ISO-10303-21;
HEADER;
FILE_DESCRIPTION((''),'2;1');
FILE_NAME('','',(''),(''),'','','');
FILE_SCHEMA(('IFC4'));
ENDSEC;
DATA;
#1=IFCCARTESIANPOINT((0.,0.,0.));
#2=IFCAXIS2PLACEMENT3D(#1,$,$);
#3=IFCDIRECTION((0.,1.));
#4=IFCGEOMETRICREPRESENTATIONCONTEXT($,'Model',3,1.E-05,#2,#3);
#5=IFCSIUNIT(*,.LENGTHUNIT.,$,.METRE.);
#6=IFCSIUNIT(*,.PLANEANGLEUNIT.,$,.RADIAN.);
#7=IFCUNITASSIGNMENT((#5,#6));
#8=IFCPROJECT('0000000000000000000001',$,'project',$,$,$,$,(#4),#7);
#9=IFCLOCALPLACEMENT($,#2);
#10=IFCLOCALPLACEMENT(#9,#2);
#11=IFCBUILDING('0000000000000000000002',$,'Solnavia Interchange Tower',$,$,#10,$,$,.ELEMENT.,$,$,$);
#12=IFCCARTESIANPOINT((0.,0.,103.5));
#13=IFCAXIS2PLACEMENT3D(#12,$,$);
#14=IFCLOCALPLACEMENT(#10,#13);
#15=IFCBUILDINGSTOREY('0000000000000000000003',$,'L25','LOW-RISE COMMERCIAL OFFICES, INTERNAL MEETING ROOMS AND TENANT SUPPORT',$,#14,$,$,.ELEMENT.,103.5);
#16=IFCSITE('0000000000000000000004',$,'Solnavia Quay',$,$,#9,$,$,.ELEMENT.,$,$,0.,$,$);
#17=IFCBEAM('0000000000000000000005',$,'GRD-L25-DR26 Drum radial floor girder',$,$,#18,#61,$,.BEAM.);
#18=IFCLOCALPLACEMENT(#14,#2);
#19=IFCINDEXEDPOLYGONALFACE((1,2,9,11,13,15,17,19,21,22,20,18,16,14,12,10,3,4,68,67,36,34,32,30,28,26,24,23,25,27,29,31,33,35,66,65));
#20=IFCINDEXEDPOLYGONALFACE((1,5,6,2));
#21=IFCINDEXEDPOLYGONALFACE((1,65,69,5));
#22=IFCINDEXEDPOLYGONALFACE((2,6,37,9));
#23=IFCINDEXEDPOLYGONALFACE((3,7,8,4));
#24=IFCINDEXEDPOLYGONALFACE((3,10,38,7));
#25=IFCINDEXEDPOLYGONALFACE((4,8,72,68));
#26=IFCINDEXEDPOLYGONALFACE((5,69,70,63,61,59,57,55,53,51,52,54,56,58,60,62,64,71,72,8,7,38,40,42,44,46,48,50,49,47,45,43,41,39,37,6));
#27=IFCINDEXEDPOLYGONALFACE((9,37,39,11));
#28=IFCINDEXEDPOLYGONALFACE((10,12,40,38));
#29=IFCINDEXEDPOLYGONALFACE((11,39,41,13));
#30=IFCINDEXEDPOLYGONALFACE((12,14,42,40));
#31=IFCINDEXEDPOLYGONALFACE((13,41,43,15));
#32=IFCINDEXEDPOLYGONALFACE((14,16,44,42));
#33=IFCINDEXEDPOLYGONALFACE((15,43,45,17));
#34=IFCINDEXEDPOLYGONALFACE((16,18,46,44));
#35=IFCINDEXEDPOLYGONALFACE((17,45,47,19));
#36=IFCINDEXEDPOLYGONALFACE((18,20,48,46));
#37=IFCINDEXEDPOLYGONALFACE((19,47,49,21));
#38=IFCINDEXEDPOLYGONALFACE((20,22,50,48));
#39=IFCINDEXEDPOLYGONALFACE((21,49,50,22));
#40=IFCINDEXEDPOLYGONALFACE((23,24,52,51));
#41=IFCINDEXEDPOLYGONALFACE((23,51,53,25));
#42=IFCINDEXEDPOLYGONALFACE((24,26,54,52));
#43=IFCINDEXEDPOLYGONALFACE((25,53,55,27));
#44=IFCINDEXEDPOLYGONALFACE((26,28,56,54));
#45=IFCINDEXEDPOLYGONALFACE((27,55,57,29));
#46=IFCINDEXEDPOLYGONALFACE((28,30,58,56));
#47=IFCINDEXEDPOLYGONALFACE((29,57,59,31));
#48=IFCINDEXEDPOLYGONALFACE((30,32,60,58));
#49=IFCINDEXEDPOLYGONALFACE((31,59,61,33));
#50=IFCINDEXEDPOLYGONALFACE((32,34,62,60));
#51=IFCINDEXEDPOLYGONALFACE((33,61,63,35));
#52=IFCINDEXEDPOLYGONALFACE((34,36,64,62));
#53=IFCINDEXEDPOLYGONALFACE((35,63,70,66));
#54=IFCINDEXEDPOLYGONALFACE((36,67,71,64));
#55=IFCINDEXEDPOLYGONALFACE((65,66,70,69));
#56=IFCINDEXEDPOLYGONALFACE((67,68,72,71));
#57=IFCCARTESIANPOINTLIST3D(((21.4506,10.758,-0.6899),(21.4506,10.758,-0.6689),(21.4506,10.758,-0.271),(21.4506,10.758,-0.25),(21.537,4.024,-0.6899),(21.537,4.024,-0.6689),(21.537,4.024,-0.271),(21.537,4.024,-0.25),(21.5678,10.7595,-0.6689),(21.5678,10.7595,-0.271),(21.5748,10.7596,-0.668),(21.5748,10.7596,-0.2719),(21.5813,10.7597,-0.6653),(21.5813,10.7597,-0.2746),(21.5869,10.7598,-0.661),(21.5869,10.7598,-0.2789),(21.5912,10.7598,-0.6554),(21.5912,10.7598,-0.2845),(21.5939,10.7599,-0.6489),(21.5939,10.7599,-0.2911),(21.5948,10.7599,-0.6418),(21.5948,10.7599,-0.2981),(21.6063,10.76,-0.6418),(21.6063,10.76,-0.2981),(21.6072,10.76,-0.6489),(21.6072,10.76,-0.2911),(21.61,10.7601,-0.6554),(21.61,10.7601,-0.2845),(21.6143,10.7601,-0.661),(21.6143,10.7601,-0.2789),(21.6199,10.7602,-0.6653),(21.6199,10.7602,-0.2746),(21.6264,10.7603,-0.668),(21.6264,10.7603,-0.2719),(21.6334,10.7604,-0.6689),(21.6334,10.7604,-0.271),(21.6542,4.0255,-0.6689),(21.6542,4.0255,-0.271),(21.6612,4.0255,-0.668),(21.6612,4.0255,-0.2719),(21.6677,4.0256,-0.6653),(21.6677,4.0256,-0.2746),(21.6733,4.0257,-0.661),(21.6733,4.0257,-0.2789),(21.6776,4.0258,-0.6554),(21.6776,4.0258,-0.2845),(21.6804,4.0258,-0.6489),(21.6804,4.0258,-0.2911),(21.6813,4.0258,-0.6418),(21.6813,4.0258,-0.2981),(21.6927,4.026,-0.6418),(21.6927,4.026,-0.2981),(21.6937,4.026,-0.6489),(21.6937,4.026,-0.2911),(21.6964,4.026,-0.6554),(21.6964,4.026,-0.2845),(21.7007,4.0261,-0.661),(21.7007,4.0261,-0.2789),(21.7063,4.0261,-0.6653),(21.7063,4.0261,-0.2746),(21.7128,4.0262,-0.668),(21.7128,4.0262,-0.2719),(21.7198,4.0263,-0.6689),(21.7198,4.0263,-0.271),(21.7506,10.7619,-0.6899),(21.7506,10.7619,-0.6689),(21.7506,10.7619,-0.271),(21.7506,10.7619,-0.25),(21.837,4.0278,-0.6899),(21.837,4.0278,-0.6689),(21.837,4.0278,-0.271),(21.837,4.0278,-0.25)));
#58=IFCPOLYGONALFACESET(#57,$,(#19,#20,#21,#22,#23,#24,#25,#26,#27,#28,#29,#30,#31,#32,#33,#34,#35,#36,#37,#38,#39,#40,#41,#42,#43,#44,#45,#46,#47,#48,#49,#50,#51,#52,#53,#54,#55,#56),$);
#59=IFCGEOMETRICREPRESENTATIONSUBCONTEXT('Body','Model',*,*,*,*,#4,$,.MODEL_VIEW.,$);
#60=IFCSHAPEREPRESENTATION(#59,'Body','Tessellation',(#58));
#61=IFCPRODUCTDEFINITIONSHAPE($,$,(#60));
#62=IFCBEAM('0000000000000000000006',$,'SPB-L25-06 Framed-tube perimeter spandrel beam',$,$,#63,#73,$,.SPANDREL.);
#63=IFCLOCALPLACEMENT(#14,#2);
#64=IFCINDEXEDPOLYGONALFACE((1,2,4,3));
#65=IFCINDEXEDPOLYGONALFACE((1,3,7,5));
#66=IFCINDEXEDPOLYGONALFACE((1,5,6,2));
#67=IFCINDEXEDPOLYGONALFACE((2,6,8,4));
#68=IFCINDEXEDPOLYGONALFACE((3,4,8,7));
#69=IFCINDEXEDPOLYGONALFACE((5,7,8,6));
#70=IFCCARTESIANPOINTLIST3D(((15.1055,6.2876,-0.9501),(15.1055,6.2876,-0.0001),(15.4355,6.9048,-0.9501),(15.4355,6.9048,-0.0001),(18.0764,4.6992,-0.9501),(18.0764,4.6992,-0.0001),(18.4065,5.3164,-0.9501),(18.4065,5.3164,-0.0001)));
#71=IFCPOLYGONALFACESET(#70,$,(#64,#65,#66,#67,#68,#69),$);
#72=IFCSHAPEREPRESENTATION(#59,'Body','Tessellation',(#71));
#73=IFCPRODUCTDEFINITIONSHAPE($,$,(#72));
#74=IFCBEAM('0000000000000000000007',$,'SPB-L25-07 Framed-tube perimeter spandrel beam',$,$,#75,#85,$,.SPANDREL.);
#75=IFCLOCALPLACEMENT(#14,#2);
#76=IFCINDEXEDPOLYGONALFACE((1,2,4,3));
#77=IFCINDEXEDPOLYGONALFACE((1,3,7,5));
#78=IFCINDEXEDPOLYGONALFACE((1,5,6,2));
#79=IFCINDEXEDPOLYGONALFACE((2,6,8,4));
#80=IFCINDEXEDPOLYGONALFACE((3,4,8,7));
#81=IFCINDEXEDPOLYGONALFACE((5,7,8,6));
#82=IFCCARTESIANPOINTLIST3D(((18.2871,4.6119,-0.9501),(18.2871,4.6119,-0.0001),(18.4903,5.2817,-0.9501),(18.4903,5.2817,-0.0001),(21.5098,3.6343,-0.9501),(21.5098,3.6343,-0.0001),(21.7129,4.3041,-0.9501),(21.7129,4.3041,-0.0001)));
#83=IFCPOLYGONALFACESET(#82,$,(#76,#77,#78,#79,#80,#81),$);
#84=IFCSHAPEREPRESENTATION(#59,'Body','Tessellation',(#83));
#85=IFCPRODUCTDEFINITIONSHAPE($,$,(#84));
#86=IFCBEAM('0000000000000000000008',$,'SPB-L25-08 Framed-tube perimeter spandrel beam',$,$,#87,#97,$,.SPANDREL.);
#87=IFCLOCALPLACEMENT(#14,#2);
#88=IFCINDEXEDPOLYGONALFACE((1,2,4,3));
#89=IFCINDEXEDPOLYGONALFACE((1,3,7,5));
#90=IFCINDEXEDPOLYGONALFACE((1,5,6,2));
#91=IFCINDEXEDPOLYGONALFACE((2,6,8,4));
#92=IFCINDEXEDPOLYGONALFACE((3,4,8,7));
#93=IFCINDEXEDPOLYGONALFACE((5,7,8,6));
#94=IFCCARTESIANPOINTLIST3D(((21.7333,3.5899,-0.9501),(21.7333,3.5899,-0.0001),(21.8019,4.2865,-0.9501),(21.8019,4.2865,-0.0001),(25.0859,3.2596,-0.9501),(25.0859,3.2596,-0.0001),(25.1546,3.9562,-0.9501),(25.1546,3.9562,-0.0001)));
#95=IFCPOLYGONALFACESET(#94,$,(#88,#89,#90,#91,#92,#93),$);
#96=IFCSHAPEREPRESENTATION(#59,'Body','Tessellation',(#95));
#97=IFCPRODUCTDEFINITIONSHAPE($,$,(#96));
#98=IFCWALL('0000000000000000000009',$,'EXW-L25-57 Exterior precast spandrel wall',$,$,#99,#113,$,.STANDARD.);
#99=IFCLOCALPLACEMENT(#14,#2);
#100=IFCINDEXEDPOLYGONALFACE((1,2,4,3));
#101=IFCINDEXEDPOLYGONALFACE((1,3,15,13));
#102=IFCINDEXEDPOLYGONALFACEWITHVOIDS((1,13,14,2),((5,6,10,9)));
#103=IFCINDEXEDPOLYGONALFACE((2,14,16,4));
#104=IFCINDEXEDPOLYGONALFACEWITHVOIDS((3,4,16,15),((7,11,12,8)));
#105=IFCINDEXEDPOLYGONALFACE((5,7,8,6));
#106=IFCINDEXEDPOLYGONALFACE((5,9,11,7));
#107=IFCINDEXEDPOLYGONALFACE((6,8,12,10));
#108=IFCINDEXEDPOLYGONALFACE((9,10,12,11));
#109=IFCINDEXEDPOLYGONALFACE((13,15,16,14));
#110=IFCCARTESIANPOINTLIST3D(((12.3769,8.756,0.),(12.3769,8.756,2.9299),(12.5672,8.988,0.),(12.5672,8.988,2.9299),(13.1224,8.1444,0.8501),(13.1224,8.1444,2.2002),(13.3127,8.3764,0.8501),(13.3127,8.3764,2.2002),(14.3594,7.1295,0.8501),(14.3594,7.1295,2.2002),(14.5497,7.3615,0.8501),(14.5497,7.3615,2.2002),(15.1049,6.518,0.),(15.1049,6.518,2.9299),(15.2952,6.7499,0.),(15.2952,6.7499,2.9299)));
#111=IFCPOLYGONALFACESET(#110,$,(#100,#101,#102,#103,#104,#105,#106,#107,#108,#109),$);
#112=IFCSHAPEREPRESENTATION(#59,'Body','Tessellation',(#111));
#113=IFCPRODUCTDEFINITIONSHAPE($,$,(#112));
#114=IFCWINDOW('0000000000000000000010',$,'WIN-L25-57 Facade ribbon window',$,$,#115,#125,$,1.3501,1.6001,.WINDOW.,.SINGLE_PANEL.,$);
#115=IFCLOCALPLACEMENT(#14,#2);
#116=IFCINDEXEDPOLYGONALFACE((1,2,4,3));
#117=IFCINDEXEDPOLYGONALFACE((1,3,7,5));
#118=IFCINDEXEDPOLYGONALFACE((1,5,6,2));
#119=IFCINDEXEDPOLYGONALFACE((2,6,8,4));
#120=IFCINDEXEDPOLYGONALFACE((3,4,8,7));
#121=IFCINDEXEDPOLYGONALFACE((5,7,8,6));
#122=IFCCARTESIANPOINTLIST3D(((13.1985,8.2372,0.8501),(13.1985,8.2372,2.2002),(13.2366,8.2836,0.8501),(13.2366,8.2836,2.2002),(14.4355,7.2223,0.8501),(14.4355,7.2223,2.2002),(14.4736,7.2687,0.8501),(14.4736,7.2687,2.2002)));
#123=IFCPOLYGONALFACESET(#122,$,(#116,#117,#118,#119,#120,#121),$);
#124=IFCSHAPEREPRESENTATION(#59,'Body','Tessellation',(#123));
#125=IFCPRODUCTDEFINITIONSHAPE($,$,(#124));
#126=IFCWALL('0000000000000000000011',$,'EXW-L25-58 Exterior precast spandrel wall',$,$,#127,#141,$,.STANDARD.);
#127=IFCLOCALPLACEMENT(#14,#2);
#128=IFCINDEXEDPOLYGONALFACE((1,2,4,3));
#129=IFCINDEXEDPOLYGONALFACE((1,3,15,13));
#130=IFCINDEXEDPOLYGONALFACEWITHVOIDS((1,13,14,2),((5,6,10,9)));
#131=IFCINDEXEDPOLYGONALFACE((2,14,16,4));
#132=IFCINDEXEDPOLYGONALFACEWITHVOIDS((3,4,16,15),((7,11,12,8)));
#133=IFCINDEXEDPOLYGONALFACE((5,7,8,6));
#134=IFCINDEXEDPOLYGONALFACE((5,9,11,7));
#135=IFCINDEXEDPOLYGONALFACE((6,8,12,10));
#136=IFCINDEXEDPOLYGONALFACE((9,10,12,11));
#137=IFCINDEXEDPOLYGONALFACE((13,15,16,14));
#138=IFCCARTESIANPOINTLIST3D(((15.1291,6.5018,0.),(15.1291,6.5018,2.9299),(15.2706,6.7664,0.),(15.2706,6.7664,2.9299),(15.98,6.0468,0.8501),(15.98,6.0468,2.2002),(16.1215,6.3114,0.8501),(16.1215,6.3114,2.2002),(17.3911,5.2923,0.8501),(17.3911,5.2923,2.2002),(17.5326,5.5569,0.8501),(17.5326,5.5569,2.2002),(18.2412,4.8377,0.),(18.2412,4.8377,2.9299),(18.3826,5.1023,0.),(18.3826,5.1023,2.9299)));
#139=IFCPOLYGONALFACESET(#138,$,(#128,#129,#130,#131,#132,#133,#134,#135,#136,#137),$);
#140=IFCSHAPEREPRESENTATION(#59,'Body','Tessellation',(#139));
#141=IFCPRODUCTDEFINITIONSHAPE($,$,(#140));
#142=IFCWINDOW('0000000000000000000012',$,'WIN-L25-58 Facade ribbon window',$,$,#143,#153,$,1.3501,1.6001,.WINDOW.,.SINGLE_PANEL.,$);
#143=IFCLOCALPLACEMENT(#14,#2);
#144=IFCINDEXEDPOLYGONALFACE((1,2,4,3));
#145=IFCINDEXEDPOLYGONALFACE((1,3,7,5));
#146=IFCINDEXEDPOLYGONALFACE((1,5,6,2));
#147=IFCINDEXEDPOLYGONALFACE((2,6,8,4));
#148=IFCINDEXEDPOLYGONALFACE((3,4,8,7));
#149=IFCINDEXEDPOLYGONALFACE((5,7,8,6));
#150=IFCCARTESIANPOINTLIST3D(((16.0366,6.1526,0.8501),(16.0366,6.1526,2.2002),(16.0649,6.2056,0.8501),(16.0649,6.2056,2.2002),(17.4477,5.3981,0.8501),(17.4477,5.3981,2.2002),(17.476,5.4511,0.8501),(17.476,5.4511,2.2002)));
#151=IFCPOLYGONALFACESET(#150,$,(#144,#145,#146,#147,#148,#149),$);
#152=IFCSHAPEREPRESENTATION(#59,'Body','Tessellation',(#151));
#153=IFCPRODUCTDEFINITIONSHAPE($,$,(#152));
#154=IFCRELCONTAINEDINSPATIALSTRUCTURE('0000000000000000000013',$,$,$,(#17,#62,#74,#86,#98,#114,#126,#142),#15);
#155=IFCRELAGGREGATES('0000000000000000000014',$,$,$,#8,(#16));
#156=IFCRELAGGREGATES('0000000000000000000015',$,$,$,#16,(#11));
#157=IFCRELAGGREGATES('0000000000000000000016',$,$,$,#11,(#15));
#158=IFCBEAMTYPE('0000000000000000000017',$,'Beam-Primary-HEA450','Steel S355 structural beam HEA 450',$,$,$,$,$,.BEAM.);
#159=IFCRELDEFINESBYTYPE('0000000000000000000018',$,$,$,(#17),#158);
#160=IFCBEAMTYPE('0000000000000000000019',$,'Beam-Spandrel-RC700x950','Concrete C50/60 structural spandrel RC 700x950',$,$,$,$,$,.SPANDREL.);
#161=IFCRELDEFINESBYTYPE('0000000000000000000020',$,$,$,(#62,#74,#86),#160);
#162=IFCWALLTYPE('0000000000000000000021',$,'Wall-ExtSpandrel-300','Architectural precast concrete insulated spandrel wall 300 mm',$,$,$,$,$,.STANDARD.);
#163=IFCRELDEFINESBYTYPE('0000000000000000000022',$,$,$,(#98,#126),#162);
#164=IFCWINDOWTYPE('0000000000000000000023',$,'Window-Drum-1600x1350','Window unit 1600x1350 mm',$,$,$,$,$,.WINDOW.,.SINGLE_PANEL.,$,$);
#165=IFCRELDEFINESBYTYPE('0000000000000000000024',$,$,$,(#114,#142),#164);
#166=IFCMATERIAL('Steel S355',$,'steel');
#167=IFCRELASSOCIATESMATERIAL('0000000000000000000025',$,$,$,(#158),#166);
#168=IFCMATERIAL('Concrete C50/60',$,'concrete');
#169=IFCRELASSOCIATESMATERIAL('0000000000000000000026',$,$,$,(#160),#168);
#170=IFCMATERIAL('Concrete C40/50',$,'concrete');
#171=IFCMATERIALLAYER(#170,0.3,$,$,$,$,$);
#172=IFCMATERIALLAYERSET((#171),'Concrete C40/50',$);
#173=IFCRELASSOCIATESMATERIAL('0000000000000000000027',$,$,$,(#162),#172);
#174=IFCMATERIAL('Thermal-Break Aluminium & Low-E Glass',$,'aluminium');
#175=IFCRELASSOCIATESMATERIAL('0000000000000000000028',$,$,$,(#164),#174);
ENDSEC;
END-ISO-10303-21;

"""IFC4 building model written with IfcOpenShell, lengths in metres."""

from ifc_helpers import new_model, si_unit, direction, frame, frame_2d, origin, origin_2d, place, context, subcontext, project, spatial, rectangle, i_section, extrude, material, layer, layer_set, material_profile, profile_set, type_object, element, fill, save


model = new_model("IFC4")

# Units and contexts
model_context = context("Model", 3, precision=1e-05, world=origin(), true_north=direction((0.0, 1.0)))
body_context = subcontext(model_context, "Body", "Model", "MODEL_VIEW")
ifc_project = project(units=[si_unit("LENGTHUNIT", "METRE"), si_unit("PLANEANGLEUNIT", "RADIAN")], contexts=[model_context])

# Site, building, storey
site_placement = place(None, origin())
site = spatial("IfcSite", under=ifc_project, at=site_placement, Name="Solnavia Quay", CompositionType="ELEMENT", RefElevation=0.0)
building_placement = place(site_placement, origin())
building = spatial("IfcBuilding", under=site, at=building_placement, Name="Solnavia Interchange Tower", CompositionType="ELEMENT")
storey_placement = place(building_placement, frame((0.0, 0.0, 103.5)))
storey = spatial("IfcBuildingStorey", under=building, at=storey_placement, Name="L25", Description="LOW-RISE COMMERCIAL OFFICES, INTERNAL MEETING ROOMS AND TENANT SUPPORT", CompositionType="ELEMENT", Elevation=103.5)

# Shared definitions
ifc_material_1 = material(Name="Steel S355", Category="steel")

# Beams
ifc_material_profile_1 = material_profile(ifc_material_1, i_section(OverallWidth=0.3, OverallDepth=0.4399, WebThickness=0.0115, FlangeThickness=0.021, FilletRadius=0.0271, at=origin_2d()), Name="HEA 450")
ifc_profile_set_1 = profile_set([ifc_material_profile_1], Name="Steel S355")
beam_type_1 = type_object("IfcBeamType", Name="Beam-Primary-HEA450", Description="Steel S355 structural beam HEA 450", PredefinedType="BEAM", material=ifc_profile_set_1)
beam_1_placement = place(storey_placement, frame((21.687, 4.0259, -0.47), z_axis=(-0.012833, 0.999918, 0.0), x_axis=(-0.999918, -0.012833, 0.0)))
element("IfcBeam", 1, at=beam_1_placement, inside=storey, type_object=beam_type_1, Name="GRD-L25-DR26 Drum radial floor girder", PredefinedType="BEAM", context=body_context, shape_type="SweptSolid", body=[
    extrude(i_section(OverallWidth=0.3, OverallDepth=0.4399, WebThickness=0.0115, FlangeThickness=0.021, FilletRadius=0.0271, at=origin_2d()), origin(), (0.0, 0.0, 1.0), 6.7346),
])
ifc_material_2 = material(Name="Concrete C50/60", Category="concrete")
ifc_material_profile_2 = material_profile(ifc_material_2, rectangle(XDim=0.7, YDim=0.95, at=origin_2d()), Name="RC 700x950")
ifc_profile_set_2 = profile_set([ifc_material_profile_2], Name="Concrete C50/60")
beam_type_2 = type_object("IfcBeamType", Name="Beam-Spandrel-RC700x950", Description="Concrete C50/60 structural spandrel RC 700x950", PredefinedType="SPANDREL", material=ifc_profile_set_2)
beam_2_placement = place(storey_placement, frame((15.2705, 6.5962, -0.4751), z_axis=(0.881875, -0.471483, 0.0), x_axis=(0.471483, 0.881875, 0.0)))
element("IfcBeam", 2, at=beam_2_placement, inside=storey, type_object=beam_type_2, Name="SPB-L25-06 Framed-tube perimeter spandrel beam", PredefinedType="SPANDREL", context=body_context, shape_type="SweptSolid", body=[
    extrude(rectangle(XDim=0.7, YDim=0.95, at=origin_2d()), origin(), (0.0, 0.0, 1.0), 3.3689),
])
beam_3_placement = place(storey_placement, frame((18.3887, 4.9468, -0.4751), z_axis=(0.956944, -0.290273, 0.0), x_axis=(0.290273, 0.956944, 0.0)))
element("IfcBeam", 3, at=beam_3_placement, inside=storey, type_object=beam_type_2, Name="SPB-L25-07 Framed-tube perimeter spandrel beam", PredefinedType="SPANDREL", context=body_context, shape_type="SweptSolid", body=[
    extrude(rectangle(XDim=0.7, YDim=0.95, at=origin_2d()), origin(), (0.0, 0.0, 1.0), 3.3677),
])
beam_4_placement = place(storey_placement, frame((21.7676, 3.9382, -0.4751), z_axis=(0.995182, -0.098047, 0.0), x_axis=(0.098047, 0.995182, 0.0)))
element("IfcBeam", 4, at=beam_4_placement, inside=storey, type_object=beam_type_2, Name="SPB-L25-08 Framed-tube perimeter spandrel beam", PredefinedType="SPANDREL", context=body_context, shape_type="SweptSolid", body=[
    extrude(rectangle(XDim=0.7, YDim=0.95, at=origin_2d()), origin(), (0.0, 0.0, 1.0), 3.3689),
])

# Walls, openings, windows
ifc_material_3 = material(Name="Concrete C40/50", Category="concrete")
ifc_layer_1 = layer(ifc_material_3, 0.3)
ifc_layer_set_1 = layer_set([ifc_layer_1], Name="Concrete C40/50")
wall_type_1 = type_object("IfcWallType", Name="Wall-ExtSpandrel-300", Description="Architectural precast concrete insulated spandrel wall 300 mm", PredefinedType="STANDARD", material=ifc_layer_set_1)
wall_1_placement = place(storey_placement, frame((15.2, 6.634, 0.0), z_axis=(0.0, 0.0, 1.0), x_axis=(-0.773121, 0.634258, 0.0)))
wall_1 = element("IfcWall", 5, at=wall_1_placement, inside=storey, type_object=wall_type_1, Name="EXW-L25-57 Exterior precast spandrel wall", PredefinedType="STANDARD", context=body_context, shape_type="SweptSolid", body=[
    extrude(rectangle(XDim=3.5286, YDim=0.3, at=frame_2d((1.7642, 0.0))), origin(), (0.0, 0.0, 1.0), 2.9299),
])
opening_1_placement = place(wall_1_placement, frame((0.9641, 0.0, 0.8501)))
opening_1 = element("IfcOpeningElement", 6, at=opening_1_placement, cuts=wall_1, PredefinedType="OPENING", context=body_context, shape_type="SweptSolid", body=[
    extrude(rectangle(XDim=1.6001, YDim=1.3501, at=frame_2d((0.8, 0.675))), frame((0.0, 0.1602, 0.0), z_axis=(0.0, -1.0, 0.0), x_axis=(1.0, 0.0, 0.0)), (0.0, 0.0, 1.0), 0.3201),
])
ifc_material_4 = material(Name="Thermal-Break Aluminium & Low-E Glass", Category="aluminium")
window_type = type_object("IfcWindowType", Name="Window-Drum-1600x1350", Description="Window unit 1600x1350 mm", PartitioningType="SINGLE_PANEL", PredefinedType="WINDOW", material=ifc_material_4)
window_1_placement = place(opening_1_placement, origin())
window_1 = element("IfcWindow", 7, at=window_1_placement, inside=storey, type_object=window_type, Name="WIN-L25-57 Facade ribbon window", OverallHeight=1.3501, OverallWidth=1.6001, PartitioningType="SINGLE_PANEL", PredefinedType="WINDOW", context=body_context, shape_type="SweptSolid", body=[
    extrude(rectangle(XDim=1.6001, YDim=1.3501, at=frame_2d((0.8, 0.675))), frame((0.0, 0.03, 0.0), z_axis=(0.0, -1.0, 0.0), x_axis=(1.0, 0.0, 0.0)), (0.0, 0.0, 1.0), 0.0601),
])
fill(opening_1, window_1)
wall_2_placement = place(storey_placement, frame((18.312, 4.97, 0.0), z_axis=(0.0, 0.0, 1.0), x_axis=(-0.881847, 0.471536, 0.0)))
wall_2 = element("IfcWall", 8, at=wall_2_placement, inside=storey, type_object=wall_type_1, Name="EXW-L25-58 Exterior precast spandrel wall", PredefinedType="STANDARD", context=body_context, shape_type="SweptSolid", body=[
    extrude(rectangle(XDim=3.5291, YDim=0.3, at=frame_2d((1.7646, 0.0))), origin(), (0.0, 0.0, 1.0), 2.9299),
])
opening_2_placement = place(wall_2_placement, frame((0.9641, 0.0, 0.8501)))
opening_2 = element("IfcOpeningElement", 9, at=opening_2_placement, cuts=wall_2, PredefinedType="OPENING", context=body_context, shape_type="SweptSolid", body=[
    extrude(rectangle(XDim=1.6001, YDim=1.3501, at=frame_2d((0.8, 0.675))), frame((0.0, 0.1602, 0.0), z_axis=(0.0, -1.0, 0.0), x_axis=(1.0, 0.0, 0.0)), (0.0, 0.0, 1.0), 0.3201),
])
window_2_placement = place(opening_2_placement, origin())
window_2 = element("IfcWindow", 10, at=window_2_placement, inside=storey, type_object=window_type, Name="WIN-L25-58 Facade ribbon window", OverallHeight=1.3501, OverallWidth=1.6001, PartitioningType="SINGLE_PANEL", PredefinedType="WINDOW", context=body_context, shape_type="SweptSolid", body=[
    extrude(rectangle(XDim=1.6001, YDim=1.3501, at=frame_2d((0.8, 0.675))), frame((0.0, 0.03, 0.0), z_axis=(0.0, -1.0, 0.0), x_axis=(1.0, 0.0, 0.0)), (0.0, 0.0, 1.0), 0.0601),
])
fill(opening_2, window_2)

save(model, "model.ifc")
